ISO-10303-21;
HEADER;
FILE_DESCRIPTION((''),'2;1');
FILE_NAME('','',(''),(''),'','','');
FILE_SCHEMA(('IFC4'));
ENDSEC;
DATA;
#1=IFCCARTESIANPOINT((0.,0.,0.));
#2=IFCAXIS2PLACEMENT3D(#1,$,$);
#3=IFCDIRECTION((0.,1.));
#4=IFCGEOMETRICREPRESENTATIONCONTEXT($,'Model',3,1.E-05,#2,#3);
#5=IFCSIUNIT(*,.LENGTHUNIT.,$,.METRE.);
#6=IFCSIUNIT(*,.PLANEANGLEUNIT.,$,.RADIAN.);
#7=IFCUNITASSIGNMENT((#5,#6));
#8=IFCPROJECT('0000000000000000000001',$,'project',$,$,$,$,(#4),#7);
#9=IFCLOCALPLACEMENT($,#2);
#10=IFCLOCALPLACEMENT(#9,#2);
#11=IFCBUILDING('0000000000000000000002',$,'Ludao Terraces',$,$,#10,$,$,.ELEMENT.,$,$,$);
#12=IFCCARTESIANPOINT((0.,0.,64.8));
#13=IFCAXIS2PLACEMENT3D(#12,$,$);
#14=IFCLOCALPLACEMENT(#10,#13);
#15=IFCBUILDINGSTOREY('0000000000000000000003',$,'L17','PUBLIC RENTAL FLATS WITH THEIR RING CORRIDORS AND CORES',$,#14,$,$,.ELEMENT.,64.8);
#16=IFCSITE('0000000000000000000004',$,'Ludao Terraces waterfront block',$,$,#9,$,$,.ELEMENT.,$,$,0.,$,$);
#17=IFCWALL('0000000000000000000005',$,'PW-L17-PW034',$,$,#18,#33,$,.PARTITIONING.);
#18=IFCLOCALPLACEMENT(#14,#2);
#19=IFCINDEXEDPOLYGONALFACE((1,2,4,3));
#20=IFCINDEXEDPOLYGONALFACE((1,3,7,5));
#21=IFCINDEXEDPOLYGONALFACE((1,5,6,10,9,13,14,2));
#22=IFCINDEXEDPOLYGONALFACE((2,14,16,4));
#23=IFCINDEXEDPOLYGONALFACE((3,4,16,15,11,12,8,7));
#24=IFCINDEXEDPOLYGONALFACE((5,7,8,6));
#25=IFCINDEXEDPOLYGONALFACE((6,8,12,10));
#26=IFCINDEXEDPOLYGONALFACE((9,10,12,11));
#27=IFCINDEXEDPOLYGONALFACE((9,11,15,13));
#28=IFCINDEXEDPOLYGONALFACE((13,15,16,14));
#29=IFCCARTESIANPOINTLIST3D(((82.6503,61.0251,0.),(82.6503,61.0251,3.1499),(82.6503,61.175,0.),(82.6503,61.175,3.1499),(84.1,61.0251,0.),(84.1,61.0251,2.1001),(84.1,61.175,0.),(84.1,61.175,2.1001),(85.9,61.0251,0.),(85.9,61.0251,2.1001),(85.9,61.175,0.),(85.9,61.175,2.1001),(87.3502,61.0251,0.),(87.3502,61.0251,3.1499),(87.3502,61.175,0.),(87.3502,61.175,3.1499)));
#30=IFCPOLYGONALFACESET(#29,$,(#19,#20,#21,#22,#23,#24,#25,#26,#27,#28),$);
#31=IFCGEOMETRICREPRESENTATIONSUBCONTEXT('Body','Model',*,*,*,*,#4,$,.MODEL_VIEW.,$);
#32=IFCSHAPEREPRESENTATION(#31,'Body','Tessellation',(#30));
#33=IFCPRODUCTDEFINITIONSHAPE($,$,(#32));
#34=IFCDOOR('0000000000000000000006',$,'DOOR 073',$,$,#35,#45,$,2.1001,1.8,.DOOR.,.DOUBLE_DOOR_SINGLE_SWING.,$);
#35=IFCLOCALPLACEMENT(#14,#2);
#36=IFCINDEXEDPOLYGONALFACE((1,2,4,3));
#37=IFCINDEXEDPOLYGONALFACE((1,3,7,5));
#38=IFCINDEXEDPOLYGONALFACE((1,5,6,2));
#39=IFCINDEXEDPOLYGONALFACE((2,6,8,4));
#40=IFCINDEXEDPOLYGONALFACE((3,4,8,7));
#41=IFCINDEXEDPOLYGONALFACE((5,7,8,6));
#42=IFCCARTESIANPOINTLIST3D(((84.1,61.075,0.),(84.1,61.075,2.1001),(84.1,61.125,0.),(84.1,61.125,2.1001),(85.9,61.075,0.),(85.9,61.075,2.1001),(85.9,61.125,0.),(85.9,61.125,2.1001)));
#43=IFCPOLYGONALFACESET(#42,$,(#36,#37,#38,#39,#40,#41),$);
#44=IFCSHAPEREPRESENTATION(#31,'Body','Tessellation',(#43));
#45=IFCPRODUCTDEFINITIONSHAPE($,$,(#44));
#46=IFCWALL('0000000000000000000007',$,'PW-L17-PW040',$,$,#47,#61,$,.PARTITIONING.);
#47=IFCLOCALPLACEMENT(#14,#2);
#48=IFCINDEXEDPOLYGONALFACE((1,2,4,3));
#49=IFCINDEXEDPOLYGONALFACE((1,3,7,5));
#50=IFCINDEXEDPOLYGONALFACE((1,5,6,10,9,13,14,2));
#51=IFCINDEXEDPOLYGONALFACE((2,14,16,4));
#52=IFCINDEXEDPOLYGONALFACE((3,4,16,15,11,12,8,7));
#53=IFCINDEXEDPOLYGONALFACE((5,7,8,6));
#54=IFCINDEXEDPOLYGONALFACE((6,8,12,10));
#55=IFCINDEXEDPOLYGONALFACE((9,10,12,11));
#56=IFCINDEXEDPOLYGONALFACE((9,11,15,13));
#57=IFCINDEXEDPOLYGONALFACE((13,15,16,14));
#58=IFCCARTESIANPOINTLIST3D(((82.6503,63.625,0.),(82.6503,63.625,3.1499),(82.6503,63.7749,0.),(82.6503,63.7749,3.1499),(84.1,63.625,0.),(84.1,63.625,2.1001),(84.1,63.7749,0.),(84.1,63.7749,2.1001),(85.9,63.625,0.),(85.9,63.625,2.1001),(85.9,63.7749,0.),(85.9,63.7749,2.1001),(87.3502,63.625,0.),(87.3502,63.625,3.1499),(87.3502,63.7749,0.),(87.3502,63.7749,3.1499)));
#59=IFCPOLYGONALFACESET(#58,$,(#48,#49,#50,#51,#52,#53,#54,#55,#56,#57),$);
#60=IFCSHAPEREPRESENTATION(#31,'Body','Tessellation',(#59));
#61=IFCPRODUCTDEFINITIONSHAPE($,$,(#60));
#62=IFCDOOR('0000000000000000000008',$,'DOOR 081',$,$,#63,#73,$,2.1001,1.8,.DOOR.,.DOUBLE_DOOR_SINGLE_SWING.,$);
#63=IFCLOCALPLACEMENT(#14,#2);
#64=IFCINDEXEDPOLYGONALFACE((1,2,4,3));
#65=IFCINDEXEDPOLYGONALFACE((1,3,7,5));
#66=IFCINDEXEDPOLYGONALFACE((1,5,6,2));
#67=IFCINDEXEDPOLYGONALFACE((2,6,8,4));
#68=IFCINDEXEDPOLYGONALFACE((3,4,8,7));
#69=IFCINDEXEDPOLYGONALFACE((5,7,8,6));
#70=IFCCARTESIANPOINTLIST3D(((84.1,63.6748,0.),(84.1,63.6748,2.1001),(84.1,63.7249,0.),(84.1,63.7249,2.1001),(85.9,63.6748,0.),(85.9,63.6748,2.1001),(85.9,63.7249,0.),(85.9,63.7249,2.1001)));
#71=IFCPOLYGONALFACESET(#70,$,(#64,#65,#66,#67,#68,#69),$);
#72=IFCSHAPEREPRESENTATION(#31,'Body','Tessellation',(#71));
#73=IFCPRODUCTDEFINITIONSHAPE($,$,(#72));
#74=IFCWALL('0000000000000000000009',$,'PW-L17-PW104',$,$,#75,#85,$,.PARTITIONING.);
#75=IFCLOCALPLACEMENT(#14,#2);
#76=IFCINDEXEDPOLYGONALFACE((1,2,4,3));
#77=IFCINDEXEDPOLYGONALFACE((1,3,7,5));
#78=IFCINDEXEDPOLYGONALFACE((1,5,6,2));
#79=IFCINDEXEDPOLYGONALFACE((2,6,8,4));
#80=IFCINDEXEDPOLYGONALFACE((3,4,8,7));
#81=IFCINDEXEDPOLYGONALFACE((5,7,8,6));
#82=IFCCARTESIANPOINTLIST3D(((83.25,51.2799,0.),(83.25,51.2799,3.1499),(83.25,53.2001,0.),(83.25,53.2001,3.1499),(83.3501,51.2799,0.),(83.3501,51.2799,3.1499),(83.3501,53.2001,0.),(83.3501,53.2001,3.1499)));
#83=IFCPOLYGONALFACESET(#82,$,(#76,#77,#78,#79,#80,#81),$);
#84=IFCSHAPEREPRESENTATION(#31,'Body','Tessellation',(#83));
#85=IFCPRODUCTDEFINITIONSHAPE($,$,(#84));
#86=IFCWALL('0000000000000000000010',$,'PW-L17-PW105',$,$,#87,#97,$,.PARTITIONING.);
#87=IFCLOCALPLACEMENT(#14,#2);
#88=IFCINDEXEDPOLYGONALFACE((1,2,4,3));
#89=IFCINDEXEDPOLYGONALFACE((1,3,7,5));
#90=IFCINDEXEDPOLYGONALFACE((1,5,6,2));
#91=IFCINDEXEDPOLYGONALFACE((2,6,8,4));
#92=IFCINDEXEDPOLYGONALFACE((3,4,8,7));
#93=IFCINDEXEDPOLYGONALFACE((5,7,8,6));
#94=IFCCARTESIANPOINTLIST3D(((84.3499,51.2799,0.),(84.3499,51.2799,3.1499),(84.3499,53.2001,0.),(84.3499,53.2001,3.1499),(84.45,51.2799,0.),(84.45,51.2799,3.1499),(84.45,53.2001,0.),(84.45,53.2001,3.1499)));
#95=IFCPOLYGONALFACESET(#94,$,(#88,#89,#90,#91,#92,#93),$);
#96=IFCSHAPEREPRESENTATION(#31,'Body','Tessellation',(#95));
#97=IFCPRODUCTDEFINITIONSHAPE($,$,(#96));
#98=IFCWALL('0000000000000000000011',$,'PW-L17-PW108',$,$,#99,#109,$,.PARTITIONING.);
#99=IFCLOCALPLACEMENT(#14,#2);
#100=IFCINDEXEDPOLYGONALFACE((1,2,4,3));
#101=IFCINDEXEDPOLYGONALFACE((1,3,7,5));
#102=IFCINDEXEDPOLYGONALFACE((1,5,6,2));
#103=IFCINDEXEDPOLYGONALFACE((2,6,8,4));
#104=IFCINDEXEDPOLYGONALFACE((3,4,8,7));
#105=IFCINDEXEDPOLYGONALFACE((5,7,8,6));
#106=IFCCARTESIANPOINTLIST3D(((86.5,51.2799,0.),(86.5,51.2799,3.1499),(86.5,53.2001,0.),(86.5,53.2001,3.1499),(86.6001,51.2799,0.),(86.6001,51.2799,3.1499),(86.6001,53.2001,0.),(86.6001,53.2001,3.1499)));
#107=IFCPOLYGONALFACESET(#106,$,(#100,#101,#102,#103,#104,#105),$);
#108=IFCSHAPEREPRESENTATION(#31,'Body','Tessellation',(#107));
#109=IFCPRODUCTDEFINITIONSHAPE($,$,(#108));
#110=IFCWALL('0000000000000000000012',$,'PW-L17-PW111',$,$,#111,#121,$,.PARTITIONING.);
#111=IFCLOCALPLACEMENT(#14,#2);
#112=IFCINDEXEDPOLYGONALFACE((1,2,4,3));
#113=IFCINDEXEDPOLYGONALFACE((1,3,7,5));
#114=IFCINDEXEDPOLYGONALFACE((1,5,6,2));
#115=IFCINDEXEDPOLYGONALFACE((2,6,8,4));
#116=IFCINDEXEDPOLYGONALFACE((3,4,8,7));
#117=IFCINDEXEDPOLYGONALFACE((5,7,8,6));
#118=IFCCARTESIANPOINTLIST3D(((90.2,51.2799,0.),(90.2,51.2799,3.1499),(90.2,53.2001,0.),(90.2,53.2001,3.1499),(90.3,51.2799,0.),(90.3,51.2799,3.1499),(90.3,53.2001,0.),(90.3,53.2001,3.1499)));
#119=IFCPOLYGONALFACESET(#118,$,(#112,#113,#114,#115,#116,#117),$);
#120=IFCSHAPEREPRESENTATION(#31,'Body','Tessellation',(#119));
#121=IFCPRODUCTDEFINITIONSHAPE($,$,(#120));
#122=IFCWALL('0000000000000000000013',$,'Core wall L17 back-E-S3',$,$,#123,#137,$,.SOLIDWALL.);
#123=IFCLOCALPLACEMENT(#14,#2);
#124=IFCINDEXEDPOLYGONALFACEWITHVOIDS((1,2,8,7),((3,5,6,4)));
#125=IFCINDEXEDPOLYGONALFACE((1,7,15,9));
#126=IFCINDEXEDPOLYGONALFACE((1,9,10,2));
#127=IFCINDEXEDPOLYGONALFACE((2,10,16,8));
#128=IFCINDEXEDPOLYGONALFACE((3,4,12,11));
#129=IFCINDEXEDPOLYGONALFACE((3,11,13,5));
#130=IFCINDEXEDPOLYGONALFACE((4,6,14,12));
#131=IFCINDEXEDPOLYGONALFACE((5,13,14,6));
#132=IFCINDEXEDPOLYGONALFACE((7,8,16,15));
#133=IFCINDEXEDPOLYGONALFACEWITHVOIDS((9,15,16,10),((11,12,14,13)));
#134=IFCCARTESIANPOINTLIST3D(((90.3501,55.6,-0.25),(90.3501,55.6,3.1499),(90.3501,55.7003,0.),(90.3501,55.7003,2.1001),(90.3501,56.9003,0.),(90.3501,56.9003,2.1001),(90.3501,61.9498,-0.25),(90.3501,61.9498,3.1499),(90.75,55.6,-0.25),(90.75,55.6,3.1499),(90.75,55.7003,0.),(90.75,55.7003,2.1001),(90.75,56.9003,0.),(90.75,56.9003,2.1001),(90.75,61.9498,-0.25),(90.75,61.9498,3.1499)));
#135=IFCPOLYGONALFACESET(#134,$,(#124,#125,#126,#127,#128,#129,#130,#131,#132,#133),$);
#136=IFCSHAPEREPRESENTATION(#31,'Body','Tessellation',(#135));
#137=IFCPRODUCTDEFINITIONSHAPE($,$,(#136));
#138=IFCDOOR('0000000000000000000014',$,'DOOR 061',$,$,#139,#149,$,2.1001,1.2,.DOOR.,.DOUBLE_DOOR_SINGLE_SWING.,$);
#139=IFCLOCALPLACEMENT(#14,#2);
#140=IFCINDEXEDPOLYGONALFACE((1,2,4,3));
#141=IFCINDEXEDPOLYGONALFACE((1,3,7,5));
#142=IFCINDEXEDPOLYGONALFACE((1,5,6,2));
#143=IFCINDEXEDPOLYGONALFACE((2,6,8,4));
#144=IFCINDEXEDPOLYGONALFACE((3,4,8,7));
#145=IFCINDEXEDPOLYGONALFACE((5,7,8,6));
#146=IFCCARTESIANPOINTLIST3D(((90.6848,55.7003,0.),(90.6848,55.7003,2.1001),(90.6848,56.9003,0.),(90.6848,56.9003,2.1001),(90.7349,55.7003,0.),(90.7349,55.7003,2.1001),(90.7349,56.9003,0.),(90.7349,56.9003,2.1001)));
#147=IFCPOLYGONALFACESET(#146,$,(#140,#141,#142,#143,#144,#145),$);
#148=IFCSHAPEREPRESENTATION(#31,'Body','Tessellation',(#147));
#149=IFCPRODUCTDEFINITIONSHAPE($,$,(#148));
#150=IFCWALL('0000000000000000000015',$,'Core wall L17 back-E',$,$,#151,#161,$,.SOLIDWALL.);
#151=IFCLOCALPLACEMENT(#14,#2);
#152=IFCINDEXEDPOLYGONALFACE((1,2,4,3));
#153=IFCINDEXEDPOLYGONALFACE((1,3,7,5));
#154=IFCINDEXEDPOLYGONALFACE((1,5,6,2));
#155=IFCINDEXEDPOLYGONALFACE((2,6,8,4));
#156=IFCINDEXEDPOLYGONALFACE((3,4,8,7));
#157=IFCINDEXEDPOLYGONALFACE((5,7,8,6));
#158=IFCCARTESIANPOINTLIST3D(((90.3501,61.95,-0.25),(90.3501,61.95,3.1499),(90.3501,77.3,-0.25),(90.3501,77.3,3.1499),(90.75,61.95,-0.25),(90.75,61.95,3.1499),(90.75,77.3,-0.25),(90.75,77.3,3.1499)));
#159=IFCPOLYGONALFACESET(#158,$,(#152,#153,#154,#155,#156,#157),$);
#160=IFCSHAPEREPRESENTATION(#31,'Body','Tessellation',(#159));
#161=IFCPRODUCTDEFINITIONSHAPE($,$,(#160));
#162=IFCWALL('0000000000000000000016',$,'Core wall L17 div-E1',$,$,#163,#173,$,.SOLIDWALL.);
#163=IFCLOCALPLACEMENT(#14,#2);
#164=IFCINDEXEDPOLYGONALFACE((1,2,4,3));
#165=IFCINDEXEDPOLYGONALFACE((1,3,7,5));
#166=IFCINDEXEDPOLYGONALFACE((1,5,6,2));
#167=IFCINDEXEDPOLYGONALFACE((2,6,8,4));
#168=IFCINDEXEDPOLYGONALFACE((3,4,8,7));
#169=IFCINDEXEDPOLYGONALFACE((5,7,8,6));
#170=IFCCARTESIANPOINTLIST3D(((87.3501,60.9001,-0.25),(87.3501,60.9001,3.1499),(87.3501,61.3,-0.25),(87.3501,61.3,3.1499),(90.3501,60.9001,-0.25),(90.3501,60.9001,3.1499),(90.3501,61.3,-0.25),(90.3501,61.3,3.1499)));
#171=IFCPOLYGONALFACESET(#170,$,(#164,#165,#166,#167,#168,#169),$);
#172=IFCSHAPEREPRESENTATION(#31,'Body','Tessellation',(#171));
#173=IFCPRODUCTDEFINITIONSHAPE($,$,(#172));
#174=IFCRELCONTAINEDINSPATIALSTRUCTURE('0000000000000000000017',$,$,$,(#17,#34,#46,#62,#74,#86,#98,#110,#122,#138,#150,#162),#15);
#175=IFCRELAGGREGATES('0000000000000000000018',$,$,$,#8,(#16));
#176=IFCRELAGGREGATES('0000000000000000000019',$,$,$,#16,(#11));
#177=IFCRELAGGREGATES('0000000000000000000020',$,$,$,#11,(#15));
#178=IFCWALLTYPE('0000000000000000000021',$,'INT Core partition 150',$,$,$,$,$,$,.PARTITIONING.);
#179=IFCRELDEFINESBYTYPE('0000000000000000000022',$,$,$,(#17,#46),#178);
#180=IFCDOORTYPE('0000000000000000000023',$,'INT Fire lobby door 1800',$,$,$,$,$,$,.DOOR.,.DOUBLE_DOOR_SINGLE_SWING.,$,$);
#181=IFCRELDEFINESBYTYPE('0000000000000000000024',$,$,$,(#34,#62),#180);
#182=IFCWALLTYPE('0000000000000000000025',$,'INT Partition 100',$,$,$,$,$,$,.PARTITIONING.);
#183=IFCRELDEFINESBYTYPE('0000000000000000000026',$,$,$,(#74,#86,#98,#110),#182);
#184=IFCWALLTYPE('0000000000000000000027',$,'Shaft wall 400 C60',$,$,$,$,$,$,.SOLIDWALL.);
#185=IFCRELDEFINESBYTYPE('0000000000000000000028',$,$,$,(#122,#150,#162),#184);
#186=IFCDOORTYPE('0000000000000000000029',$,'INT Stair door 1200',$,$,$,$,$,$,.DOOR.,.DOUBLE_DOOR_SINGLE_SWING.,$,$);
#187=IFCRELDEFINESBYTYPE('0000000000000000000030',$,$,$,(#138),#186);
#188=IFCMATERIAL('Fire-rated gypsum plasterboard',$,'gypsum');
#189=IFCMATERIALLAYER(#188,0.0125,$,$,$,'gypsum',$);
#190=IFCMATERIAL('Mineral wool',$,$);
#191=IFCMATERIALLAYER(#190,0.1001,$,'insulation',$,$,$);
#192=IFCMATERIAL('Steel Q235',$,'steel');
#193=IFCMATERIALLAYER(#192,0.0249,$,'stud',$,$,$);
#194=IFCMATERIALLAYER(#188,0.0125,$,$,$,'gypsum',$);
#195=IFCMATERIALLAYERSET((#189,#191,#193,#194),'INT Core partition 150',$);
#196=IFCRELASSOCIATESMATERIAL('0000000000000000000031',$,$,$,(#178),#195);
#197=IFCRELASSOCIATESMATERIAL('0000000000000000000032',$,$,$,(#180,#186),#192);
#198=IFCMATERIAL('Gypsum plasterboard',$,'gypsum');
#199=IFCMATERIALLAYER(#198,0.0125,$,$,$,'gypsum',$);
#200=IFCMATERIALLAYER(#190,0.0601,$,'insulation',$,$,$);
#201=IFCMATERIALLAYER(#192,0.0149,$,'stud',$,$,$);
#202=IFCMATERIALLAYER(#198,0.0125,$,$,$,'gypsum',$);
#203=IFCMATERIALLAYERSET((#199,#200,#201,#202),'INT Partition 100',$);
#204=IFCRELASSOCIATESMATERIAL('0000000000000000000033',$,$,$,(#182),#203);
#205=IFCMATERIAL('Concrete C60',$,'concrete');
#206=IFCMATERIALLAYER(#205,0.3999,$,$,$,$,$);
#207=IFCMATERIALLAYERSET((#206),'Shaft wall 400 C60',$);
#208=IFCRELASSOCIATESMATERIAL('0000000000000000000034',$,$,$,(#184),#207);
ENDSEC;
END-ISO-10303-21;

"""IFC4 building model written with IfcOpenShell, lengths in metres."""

from ifc_helpers import new_model, si_unit, direction, frame, frame_2d, origin, place, context, subcontext, project, spatial, rectangle, extrude, material, layer, layer_set, type_object, element, fill, save


model = new_model("IFC4")

# Units and contexts
model_context = context("Model", 3, precision=1e-05, world=origin(), true_north=direction((0.0, 1.0)))
body_context = subcontext(model_context, "Body", "Model", "MODEL_VIEW")
ifc_project = project(units=[si_unit("LENGTHUNIT", "METRE"), si_unit("PLANEANGLEUNIT", "RADIAN")], contexts=[model_context])

# Site, building, storey
site_placement = place(None, origin())
site = spatial("IfcSite", under=ifc_project, at=site_placement, Name="Ludao Terraces waterfront block", CompositionType="ELEMENT", RefElevation=0.0)
building_placement = place(site_placement, origin())
building = spatial("IfcBuilding", under=site, at=building_placement, Name="Ludao Terraces", CompositionType="ELEMENT")
storey_placement = place(building_placement, frame((0.0, 0.0, 64.8)))
storey = spatial("IfcBuildingStorey", under=building, at=storey_placement, Name="L17", Description="PUBLIC RENTAL FLATS WITH THEIR RING CORRIDORS AND CORES", CompositionType="ELEMENT", Elevation=64.8)

# Walls, openings, doors
ifc_material_1 = material(Name="Fire-rated gypsum plasterboard", Category="gypsum")
ifc_layer_1 = layer(ifc_material_1, 0.0125, Category="gypsum")
ifc_material_2 = material(Name="Mineral wool")
ifc_layer_2 = layer(ifc_material_2, 0.1001, Name="insulation")
ifc_material_3 = material(Name="Steel Q235", Category="steel")
ifc_layer_3 = layer(ifc_material_3, 0.0249, Name="stud")
ifc_layer_4 = layer(ifc_material_1, 0.0125, Category="gypsum")
ifc_layer_set_1 = layer_set([ifc_layer_1, ifc_layer_2, ifc_layer_3, ifc_layer_4], Name="INT Core partition 150")
wall_type_1 = type_object("IfcWallType", Name="INT Core partition 150", PredefinedType="PARTITIONING", material=ifc_layer_set_1)
wall_1_placement = place(storey_placement, frame((82.6501, 61.1001, 0.0), z_axis=(0.0, 0.0, 1.0), x_axis=(1.0, 0.0, 0.0)))
wall_1 = element("IfcWall", 1, at=wall_1_placement, inside=storey, type_object=wall_type_1, Name="PW-L17-PW034", PredefinedType="PARTITIONING", context=body_context, shape_type="SweptSolid", body=[
    extrude(rectangle(XDim=4.7, YDim=0.1499, at=frame_2d((2.3501, 0.0))), origin(), (0.0, 0.0, 1.0), 3.1499),
])
opening_1_placement = place(wall_1_placement, frame((1.45, 0.0, 0.0)))
opening_1 = element("IfcOpeningElement", 2, at=opening_1_placement, cuts=wall_1, PredefinedType="OPENING", context=body_context, shape_type="SweptSolid", body=[
    extrude(rectangle(XDim=1.8, YDim=2.1001, at=frame_2d((0.8999, 1.05))), frame((0.0, 0.085, 0.0), z_axis=(0.0, -1.0, 0.0), x_axis=(1.0, 0.0, 0.0)), (0.0, 0.0, 1.0), 0.1699),
])
door_type_1 = type_object("IfcDoorType", Name="INT Fire lobby door 1800", OperationType="DOUBLE_DOOR_SINGLE_SWING", PredefinedType="DOOR", material=ifc_material_3)
door_1_placement = place(opening_1_placement, origin())
door_1 = element("IfcDoor", 3, at=door_1_placement, inside=storey, type_object=door_type_1, Name="DOOR 073", OperationType="DOUBLE_DOOR_SINGLE_SWING", OverallHeight=2.1001, OverallWidth=1.8, PredefinedType="DOOR", context=body_context, shape_type="SweptSolid", body=[
    extrude(rectangle(XDim=1.8, YDim=2.1001, at=frame_2d((0.8999, 1.05))), frame((0.0, 0.0249, 0.0), z_axis=(0.0, -1.0, 0.0), x_axis=(1.0, 0.0, 0.0)), (0.0, 0.0, 1.0), 0.05),
])
fill(opening_1, door_1)
wall_2_placement = place(storey_placement, frame((82.6501, 63.7, 0.0), z_axis=(0.0, 0.0, 1.0), x_axis=(1.0, 0.0, 0.0)))
wall_2 = element("IfcWall", 4, at=wall_2_placement, inside=storey, type_object=wall_type_1, Name="PW-L17-PW040", PredefinedType="PARTITIONING", context=body_context, shape_type="SweptSolid", body=[
    extrude(rectangle(XDim=4.7, YDim=0.1499, at=frame_2d((2.3501, 0.0))), origin(), (0.0, 0.0, 1.0), 3.1499),
])
opening_2_placement = place(wall_2_placement, frame((1.45, 0.0, 0.0)))
opening_2 = element("IfcOpeningElement", 5, at=opening_2_placement, cuts=wall_2, PredefinedType="OPENING", context=body_context, shape_type="SweptSolid", body=[
    extrude(rectangle(XDim=1.8, YDim=2.1001, at=frame_2d((0.8999, 1.05))), frame((0.0, 0.085, 0.0), z_axis=(0.0, -1.0, 0.0), x_axis=(1.0, 0.0, 0.0)), (0.0, 0.0, 1.0), 0.1699),
])
door_2_placement = place(opening_2_placement, origin())
door_2 = element("IfcDoor", 6, at=door_2_placement, inside=storey, type_object=door_type_1, Name="DOOR 081", OperationType="DOUBLE_DOOR_SINGLE_SWING", OverallHeight=2.1001, OverallWidth=1.8, PredefinedType="DOOR", context=body_context, shape_type="SweptSolid", body=[
    extrude(rectangle(XDim=1.8, YDim=2.1001, at=frame_2d((0.8999, 1.05))), frame((0.0, 0.0249, 0.0), z_axis=(0.0, -1.0, 0.0), x_axis=(1.0, 0.0, 0.0)), (0.0, 0.0, 1.0), 0.05),
])
fill(opening_2, door_2)

# Walls
ifc_material_4 = material(Name="Gypsum plasterboard", Category="gypsum")
ifc_layer_5 = layer(ifc_material_4, 0.0125, Category="gypsum")
ifc_layer_6 = layer(ifc_material_2, 0.0601, Name="insulation")
ifc_layer_7 = layer(ifc_material_3, 0.0149, Name="stud")
ifc_layer_8 = layer(ifc_material_4, 0.0125, Category="gypsum")
ifc_layer_set_2 = layer_set([ifc_layer_5, ifc_layer_6, ifc_layer_7, ifc_layer_8], Name="INT Partition 100")
wall_type_2 = type_object("IfcWallType", Name="INT Partition 100", PredefinedType="PARTITIONING", material=ifc_layer_set_2)
for number, where, z_axis, x_axis, name in (
    (7, (83.3, 51.28, 0.0), (0.0, 0.0, 1.0), (0.0, 1.0, 0.0), "PW-L17-PW104"),
    (8, (84.3999, 51.28, 0.0), (0.0, 0.0, 1.0), (0.0, 1.0, 0.0), "PW-L17-PW105"),
    (9, (86.55, 51.28, 0.0), (0.0, 0.0, 1.0), (0.0, 1.0, 0.0), "PW-L17-PW108"),
    (10, (90.25, 51.28, 0.0), (0.0, 0.0, 1.0), (0.0, 1.0, 0.0), "PW-L17-PW111"),
):
    element("IfcWall", number, at=place(storey_placement, frame(where, z_axis=z_axis, x_axis=x_axis)), inside=storey, type_object=wall_type_2, Name=name, PredefinedType="PARTITIONING", context=body_context, shape_type="SweptSolid", body=[
        extrude(rectangle(XDim=1.9202, YDim=0.1001, at=frame_2d((0.96, 0.0))), origin(), (0.0, 0.0, 1.0), 3.1499),
    ])

# Wall, opening, door
ifc_material_5 = material(Name="Concrete C60", Category="concrete")
ifc_layer_9 = layer(ifc_material_5, 0.3999)
ifc_layer_set_3 = layer_set([ifc_layer_9], Name="Shaft wall 400 C60")
wall_type_3 = type_object("IfcWallType", Name="Shaft wall 400 C60", PredefinedType="SOLIDWALL", material=ifc_layer_set_3)
wall_3_placement = place(storey_placement, frame((90.55, 55.6001, -0.25), z_axis=(0.0, 0.0, 1.0), x_axis=(0.0, 1.0, 0.0)))
wall_3 = element("IfcWall", 11, at=wall_3_placement, inside=storey, type_object=wall_type_3, Name="Core wall L17 back-E-S3", PredefinedType="SOLIDWALL", context=body_context, shape_type="SweptSolid", body=[
    extrude(rectangle(XDim=6.3499, YDim=0.3999, at=frame_2d((3.1748, 0.0))), origin(), (0.0, 0.0, 1.0), 3.3999),
])
opening_3_placement = place(wall_3_placement, frame((0.1001, 0.0, 0.25)))
opening_3 = element("IfcOpeningElement", 12, at=opening_3_placement, cuts=wall_3, PredefinedType="OPENING", context=body_context, shape_type="SweptSolid", body=[
    extrude(rectangle(XDim=1.2, YDim=2.1001, at=frame_2d((0.6001, 1.05))), frame((0.0, 0.21, 0.0), z_axis=(0.0, -1.0, 0.0), x_axis=(1.0, 0.0, 0.0)), (0.0, 0.0, 1.0), 0.4199),
])
door_type_2 = type_object("IfcDoorType", Name="INT Stair door 1200", OperationType="DOUBLE_DOOR_SINGLE_SWING", PredefinedType="DOOR", material=ifc_material_3)
door_3_placement = place(opening_3_placement, origin())
door_3 = element("IfcDoor", 13, at=door_3_placement, inside=storey, type_object=door_type_2, Name="DOOR 061", OperationType="DOUBLE_DOOR_SINGLE_SWING", OverallHeight=2.1001, OverallWidth=1.2, PredefinedType="DOOR", context=body_context, shape_type="SweptSolid", body=[
    extrude(rectangle(XDim=1.2, YDim=2.1001, at=frame_2d((0.6001, 1.05))), frame((0.0, -0.1348, 0.0), z_axis=(0.0, -1.0, 0.0), x_axis=(1.0, 0.0, 0.0)), (0.0, 0.0, 1.0), 0.05),
])
fill(opening_3, door_3)

# Walls
wall_4_placement = place(storey_placement, frame((90.55, 61.95, -0.25), z_axis=(0.0, 0.0, 1.0), x_axis=(0.0, 1.0, 0.0)))
element("IfcWall", 14, at=wall_4_placement, inside=storey, type_object=wall_type_3, Name="Core wall L17 back-E", PredefinedType="SOLIDWALL", context=body_context, shape_type="SweptSolid", body=[
    extrude(rectangle(XDim=15.3501, YDim=0.3999, at=frame_2d((7.675, 0.0))), origin(), (0.0, 0.0, 1.0), 3.3999),
])
wall_5_placement = place(storey_placement, frame((87.3501, 61.1001, -0.25), z_axis=(0.0, 0.0, 1.0), x_axis=(1.0, 0.0, 0.0)))
element("IfcWall", 15, at=wall_5_placement, inside=storey, type_object=wall_type_3, Name="Core wall L17 div-E1", PredefinedType="SOLIDWALL", context=body_context, shape_type="SweptSolid", body=[
    extrude(rectangle(XDim=3.0, YDim=0.3999, at=frame_2d((1.5, 0.0))), origin(), (0.0, 0.0, 1.0), 3.3999),
])

save(model, "model.ifc")
